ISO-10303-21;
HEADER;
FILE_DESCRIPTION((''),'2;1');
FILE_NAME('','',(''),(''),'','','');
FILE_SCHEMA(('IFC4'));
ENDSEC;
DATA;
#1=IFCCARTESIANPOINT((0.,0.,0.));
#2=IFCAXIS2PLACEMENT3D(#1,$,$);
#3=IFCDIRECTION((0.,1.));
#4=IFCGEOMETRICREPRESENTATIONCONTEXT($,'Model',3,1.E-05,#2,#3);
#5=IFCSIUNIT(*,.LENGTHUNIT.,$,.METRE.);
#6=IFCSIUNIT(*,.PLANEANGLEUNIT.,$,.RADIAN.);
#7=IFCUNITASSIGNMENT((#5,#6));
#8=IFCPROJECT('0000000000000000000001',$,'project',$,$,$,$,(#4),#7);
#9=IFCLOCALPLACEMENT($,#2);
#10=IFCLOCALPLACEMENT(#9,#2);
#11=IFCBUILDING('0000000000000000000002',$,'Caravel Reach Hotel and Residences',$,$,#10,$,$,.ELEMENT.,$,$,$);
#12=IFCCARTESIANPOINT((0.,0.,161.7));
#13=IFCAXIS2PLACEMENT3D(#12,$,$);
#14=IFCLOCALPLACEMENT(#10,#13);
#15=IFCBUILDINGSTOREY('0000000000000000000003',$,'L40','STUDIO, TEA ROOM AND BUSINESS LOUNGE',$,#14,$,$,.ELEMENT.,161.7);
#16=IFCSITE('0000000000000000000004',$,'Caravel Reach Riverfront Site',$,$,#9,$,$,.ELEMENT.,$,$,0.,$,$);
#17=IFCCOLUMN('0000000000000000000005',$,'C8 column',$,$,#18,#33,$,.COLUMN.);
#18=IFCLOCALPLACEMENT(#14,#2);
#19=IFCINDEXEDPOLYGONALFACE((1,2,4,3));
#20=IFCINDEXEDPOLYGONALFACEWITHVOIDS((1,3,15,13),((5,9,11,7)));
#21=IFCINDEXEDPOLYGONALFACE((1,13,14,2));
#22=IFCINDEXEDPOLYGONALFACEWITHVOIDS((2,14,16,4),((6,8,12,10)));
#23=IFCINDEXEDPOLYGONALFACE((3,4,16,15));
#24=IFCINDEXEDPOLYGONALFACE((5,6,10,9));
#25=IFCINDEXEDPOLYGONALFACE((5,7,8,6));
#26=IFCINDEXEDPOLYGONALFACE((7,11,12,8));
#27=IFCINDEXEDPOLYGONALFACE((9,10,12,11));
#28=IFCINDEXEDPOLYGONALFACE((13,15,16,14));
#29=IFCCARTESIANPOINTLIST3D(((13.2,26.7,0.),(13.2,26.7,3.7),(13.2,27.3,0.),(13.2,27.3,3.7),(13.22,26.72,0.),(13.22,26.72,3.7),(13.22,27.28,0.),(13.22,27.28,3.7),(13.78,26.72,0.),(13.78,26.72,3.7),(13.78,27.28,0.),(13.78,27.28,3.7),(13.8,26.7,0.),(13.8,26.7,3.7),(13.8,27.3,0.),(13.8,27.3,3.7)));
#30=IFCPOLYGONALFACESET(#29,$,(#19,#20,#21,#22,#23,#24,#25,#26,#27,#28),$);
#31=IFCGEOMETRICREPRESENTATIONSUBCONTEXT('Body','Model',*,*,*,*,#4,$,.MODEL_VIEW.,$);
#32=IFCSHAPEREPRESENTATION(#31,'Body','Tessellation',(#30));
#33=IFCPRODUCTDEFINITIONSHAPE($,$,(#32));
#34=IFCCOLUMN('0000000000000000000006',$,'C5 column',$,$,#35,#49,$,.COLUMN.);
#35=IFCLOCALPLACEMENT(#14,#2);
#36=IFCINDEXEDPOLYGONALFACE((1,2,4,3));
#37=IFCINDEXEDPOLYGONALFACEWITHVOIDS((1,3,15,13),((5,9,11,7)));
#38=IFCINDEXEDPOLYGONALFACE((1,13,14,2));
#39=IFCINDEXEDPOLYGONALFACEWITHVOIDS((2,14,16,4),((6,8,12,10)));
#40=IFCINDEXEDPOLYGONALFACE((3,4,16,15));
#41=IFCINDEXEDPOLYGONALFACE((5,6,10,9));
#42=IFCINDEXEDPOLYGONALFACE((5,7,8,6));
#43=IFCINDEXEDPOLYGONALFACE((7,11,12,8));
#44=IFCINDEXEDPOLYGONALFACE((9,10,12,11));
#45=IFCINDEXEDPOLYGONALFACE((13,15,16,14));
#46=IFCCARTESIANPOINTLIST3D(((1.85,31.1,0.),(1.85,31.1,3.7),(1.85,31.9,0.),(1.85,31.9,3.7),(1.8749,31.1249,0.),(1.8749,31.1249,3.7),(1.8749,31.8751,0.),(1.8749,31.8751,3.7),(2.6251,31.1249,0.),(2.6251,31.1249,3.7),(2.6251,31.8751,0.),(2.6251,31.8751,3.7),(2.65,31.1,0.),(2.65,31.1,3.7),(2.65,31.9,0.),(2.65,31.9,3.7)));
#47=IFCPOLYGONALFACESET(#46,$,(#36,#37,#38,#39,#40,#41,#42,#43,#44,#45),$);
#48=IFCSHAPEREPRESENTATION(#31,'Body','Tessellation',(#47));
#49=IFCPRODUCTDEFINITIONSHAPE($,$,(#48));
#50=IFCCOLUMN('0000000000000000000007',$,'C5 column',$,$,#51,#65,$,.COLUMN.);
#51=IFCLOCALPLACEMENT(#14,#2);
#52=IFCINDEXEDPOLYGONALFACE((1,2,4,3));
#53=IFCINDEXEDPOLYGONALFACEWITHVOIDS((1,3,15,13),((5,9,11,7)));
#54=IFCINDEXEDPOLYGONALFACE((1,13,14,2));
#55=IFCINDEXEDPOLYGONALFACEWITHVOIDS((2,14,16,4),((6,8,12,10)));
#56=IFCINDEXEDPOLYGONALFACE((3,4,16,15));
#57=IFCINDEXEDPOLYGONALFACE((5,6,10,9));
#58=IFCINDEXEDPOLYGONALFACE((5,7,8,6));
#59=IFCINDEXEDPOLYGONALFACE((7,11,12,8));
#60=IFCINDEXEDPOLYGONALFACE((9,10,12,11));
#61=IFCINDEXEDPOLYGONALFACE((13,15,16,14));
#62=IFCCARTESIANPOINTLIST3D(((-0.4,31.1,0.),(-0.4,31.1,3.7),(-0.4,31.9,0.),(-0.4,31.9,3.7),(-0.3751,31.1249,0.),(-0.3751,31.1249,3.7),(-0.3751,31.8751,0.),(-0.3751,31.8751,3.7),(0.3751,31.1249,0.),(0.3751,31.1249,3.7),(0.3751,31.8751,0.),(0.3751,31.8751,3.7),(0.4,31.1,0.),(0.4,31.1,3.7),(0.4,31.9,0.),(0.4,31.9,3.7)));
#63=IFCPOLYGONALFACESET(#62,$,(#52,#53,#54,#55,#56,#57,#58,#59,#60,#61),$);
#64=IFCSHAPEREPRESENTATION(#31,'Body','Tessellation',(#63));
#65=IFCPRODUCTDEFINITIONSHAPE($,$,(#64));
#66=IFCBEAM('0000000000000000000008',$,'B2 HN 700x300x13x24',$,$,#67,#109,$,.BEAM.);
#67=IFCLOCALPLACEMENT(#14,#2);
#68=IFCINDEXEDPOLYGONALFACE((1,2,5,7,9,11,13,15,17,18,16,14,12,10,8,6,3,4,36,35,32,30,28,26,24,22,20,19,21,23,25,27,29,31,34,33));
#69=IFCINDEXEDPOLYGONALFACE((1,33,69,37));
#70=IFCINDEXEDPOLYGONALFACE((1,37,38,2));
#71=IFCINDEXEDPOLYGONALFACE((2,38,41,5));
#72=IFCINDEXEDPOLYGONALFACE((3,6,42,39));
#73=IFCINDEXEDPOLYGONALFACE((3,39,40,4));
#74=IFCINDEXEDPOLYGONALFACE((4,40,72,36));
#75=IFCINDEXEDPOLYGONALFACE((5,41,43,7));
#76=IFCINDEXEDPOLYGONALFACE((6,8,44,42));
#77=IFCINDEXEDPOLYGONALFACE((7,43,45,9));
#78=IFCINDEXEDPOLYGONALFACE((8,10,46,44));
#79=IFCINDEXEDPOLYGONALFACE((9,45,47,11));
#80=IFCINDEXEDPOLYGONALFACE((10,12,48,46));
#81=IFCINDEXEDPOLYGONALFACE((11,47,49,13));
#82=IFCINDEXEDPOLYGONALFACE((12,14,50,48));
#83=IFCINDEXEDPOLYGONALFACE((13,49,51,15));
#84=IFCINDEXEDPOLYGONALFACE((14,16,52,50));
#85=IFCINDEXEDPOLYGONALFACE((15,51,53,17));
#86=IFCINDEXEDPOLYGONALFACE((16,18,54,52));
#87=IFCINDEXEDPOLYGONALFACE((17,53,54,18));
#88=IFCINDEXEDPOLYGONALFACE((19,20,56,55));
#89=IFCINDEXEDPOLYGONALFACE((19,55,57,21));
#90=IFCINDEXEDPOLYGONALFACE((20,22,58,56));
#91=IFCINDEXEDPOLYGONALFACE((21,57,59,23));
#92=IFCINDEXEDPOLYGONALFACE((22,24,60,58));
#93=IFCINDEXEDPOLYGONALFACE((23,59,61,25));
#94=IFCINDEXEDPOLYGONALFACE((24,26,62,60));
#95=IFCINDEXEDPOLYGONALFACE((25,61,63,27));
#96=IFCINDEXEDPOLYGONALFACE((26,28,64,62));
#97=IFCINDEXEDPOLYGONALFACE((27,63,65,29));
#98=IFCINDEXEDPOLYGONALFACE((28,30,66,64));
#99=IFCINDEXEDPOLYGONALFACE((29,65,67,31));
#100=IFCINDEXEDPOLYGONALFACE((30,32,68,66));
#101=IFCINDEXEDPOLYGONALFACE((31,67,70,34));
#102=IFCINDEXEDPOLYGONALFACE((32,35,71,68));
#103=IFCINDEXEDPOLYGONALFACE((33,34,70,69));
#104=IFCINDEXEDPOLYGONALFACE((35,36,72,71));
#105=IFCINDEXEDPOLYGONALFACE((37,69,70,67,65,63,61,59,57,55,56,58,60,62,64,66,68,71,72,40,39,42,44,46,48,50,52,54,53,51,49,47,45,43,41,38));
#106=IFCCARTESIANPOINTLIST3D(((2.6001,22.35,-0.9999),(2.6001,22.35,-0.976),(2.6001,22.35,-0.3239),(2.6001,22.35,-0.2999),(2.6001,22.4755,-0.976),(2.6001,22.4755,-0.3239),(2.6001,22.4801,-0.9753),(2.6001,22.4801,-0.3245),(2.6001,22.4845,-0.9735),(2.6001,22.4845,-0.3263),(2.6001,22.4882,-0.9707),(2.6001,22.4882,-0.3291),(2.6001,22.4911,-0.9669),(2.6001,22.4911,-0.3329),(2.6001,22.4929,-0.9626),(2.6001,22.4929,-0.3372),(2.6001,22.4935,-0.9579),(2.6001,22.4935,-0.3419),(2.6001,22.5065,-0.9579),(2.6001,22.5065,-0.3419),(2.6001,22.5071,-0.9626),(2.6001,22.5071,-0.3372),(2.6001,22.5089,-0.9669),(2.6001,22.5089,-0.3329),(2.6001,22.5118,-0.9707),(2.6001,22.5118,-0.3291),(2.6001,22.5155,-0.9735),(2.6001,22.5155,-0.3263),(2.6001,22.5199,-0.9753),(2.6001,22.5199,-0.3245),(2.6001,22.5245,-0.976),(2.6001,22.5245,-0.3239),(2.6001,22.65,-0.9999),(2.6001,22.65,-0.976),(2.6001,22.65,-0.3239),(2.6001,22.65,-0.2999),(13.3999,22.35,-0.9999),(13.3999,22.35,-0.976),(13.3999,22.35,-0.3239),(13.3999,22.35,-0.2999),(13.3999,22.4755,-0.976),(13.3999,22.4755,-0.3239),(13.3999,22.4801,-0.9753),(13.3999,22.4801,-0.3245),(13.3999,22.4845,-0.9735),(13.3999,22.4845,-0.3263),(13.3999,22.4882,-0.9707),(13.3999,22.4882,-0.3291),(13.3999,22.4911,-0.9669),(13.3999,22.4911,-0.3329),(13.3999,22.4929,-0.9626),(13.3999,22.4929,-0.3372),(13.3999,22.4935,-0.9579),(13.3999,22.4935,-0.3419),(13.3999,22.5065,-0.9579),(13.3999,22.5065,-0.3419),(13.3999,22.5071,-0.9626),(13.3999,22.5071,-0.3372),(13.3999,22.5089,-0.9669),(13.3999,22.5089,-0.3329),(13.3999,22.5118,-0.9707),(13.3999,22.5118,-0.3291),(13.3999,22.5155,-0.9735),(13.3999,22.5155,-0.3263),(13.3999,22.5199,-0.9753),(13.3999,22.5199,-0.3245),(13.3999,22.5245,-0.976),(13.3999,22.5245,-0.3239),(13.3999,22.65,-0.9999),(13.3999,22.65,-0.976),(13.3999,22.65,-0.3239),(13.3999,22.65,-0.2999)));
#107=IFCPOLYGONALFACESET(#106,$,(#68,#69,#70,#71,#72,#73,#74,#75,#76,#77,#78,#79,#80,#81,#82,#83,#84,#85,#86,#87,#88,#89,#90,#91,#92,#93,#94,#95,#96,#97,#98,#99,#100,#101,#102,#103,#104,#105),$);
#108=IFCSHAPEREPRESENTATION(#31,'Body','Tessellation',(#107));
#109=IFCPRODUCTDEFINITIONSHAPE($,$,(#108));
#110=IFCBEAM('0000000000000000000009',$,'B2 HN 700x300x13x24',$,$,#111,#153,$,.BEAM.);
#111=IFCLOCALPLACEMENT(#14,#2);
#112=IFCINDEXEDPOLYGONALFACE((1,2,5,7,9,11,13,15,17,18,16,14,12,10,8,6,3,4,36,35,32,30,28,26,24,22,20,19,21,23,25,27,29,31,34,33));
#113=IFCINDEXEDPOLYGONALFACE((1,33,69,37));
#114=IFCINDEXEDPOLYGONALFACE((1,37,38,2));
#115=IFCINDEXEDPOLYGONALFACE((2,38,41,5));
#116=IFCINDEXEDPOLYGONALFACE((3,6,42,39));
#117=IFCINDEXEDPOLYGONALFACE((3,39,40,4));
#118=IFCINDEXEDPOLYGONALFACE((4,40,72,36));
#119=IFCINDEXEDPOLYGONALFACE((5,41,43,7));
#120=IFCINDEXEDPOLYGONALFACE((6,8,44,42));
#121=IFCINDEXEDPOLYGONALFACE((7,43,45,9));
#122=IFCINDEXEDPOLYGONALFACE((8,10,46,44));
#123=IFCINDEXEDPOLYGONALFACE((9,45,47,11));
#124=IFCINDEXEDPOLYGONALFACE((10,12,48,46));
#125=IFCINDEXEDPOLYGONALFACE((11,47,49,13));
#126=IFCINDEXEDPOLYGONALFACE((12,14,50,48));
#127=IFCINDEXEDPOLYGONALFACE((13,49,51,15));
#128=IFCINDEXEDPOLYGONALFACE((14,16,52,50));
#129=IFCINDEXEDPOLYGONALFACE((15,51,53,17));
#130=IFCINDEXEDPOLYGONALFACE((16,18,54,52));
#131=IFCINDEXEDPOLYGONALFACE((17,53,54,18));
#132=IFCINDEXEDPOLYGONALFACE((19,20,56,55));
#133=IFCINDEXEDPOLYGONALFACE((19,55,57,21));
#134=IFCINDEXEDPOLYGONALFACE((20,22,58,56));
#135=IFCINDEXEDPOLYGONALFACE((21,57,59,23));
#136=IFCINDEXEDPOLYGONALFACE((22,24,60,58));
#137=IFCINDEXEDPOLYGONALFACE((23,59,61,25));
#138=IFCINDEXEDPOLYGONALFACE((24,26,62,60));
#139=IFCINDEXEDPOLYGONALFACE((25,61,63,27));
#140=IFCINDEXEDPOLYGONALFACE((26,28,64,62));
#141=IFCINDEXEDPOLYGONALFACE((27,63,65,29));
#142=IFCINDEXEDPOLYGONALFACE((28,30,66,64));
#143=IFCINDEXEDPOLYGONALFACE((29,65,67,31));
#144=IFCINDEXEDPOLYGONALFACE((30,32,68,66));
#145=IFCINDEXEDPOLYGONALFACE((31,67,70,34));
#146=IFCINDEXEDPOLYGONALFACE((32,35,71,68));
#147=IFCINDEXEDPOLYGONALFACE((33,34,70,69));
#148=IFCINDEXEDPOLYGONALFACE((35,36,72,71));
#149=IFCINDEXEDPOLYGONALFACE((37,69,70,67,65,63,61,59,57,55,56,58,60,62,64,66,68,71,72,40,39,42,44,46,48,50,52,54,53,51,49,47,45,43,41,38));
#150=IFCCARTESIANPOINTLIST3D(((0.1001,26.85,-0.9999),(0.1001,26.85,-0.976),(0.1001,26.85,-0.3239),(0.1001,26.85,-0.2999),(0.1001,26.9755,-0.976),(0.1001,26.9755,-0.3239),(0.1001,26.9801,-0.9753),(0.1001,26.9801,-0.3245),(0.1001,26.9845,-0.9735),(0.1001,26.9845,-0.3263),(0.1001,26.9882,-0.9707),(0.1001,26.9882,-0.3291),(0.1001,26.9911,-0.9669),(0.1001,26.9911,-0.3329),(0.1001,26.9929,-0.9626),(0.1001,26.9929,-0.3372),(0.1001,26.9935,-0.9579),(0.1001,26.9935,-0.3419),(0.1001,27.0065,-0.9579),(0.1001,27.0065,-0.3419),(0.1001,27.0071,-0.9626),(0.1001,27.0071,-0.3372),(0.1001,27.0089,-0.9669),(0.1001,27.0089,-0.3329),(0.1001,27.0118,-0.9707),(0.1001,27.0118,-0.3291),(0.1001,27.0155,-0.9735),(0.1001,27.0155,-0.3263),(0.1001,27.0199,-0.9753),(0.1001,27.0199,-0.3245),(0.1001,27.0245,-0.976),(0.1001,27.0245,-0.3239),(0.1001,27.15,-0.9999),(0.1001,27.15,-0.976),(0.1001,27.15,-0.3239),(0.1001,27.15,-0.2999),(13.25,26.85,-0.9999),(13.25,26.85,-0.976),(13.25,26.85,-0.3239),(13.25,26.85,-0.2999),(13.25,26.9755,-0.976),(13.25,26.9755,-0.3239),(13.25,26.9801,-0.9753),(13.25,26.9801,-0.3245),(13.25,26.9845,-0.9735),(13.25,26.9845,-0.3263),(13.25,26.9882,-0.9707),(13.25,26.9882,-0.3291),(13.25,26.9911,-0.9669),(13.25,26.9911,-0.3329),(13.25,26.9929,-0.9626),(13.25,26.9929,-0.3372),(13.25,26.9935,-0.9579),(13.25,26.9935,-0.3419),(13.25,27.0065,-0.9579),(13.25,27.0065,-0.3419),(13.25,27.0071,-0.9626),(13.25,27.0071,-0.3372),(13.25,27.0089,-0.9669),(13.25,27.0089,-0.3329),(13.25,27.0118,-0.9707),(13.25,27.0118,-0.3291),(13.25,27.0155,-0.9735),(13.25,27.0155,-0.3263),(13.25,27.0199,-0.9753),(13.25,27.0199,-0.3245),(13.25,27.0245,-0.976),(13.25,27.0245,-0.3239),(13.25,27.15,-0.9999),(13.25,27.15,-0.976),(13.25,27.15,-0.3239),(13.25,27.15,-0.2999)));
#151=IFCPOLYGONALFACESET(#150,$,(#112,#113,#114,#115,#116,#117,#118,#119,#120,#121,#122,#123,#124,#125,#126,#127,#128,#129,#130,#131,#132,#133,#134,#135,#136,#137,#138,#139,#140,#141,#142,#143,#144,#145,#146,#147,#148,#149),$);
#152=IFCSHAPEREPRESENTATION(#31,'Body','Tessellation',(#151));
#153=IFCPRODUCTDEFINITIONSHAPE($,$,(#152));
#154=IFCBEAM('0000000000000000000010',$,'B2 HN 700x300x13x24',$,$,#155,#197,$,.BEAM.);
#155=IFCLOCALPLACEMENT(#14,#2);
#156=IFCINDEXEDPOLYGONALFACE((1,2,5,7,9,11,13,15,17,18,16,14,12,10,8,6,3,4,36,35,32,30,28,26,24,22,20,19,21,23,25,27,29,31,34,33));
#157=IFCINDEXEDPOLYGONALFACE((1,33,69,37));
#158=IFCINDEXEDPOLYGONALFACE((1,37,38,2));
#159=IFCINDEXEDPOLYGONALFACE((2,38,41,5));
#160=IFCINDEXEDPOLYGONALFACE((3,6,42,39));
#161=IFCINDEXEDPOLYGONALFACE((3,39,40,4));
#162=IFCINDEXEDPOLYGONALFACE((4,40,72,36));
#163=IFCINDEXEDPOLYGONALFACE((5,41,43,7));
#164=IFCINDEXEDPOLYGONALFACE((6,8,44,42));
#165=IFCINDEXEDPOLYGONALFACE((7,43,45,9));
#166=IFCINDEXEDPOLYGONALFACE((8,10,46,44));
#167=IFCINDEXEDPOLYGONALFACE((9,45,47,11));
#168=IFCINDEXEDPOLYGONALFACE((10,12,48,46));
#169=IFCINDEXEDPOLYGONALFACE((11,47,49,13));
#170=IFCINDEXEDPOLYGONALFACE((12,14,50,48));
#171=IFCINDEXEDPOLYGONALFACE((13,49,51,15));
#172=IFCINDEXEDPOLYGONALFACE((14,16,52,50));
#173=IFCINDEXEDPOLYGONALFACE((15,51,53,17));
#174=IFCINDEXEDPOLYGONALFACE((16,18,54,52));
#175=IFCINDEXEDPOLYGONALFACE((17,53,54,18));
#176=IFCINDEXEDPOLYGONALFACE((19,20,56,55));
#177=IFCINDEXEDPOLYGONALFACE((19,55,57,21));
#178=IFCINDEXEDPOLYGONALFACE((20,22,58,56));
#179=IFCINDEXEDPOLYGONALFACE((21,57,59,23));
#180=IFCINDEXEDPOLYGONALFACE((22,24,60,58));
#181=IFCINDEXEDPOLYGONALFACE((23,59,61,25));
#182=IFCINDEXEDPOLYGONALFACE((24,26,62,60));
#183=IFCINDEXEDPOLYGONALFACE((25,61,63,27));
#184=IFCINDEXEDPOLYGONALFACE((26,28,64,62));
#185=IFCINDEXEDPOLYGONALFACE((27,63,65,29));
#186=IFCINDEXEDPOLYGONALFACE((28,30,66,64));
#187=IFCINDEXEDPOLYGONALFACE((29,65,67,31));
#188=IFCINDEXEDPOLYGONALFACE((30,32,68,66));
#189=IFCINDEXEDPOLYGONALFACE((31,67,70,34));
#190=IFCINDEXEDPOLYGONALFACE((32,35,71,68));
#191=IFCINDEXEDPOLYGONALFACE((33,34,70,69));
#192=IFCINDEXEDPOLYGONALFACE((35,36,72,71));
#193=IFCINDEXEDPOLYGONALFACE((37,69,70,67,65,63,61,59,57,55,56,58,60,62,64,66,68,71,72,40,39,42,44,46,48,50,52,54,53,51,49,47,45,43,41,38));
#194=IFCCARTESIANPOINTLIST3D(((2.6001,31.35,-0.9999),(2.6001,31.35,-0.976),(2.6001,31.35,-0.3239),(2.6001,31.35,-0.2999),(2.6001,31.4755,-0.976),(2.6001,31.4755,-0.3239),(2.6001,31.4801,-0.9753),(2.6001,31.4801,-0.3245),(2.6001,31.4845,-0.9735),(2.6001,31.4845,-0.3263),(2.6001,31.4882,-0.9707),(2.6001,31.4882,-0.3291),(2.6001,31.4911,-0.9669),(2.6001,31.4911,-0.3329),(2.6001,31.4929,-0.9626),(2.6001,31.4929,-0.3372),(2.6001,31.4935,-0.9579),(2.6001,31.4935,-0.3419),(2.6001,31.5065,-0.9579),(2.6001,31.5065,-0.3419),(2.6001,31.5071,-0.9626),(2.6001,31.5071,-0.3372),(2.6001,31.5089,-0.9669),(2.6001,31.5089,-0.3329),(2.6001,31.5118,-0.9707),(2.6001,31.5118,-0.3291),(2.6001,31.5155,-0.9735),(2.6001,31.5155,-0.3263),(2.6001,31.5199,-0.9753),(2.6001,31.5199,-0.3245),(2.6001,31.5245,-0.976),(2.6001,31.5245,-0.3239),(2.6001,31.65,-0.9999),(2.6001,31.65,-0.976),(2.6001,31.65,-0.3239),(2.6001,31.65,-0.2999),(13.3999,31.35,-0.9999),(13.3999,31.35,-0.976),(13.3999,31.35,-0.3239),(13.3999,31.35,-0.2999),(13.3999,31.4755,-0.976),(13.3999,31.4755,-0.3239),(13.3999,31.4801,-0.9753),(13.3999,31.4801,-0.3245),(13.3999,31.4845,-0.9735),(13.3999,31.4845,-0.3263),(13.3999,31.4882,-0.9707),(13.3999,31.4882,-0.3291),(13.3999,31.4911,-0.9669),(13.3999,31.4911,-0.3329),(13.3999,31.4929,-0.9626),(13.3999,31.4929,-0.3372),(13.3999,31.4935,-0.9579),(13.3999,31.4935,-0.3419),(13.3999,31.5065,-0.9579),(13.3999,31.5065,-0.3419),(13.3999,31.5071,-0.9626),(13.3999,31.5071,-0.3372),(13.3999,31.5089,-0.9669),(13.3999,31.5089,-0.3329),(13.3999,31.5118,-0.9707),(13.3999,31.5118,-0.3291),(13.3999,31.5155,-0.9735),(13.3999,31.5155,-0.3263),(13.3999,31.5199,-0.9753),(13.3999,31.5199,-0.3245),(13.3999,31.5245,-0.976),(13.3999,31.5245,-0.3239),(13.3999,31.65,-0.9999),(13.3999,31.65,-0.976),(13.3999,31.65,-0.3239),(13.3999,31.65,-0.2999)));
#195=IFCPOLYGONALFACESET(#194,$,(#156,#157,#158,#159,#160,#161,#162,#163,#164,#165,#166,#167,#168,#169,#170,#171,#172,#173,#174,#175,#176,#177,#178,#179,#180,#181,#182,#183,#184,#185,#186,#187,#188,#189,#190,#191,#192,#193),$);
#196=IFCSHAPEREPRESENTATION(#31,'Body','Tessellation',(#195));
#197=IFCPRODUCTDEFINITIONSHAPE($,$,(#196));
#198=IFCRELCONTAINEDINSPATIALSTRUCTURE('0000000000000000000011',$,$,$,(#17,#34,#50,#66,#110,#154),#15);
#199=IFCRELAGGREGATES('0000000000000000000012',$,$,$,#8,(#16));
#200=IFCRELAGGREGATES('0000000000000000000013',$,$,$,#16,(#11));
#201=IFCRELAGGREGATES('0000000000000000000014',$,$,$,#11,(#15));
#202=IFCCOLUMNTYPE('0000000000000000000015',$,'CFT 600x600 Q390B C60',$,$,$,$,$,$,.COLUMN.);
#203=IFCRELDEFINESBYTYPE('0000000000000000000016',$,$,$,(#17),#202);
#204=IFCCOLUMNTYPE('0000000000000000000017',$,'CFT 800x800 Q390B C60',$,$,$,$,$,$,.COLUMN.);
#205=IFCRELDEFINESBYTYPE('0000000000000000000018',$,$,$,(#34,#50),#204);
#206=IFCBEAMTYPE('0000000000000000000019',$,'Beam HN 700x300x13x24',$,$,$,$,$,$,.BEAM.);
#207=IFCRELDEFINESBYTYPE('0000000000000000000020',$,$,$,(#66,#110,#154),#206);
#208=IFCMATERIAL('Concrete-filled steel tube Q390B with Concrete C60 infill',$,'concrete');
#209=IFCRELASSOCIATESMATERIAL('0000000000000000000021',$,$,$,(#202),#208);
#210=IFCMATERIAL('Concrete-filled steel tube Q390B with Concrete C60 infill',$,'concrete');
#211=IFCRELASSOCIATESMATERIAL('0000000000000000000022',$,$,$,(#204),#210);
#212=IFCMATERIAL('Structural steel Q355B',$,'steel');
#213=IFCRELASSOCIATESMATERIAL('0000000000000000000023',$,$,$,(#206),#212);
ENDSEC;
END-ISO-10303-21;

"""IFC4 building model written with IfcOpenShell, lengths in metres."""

from ifc_helpers import new_model, si_unit, direction, frame, origin, origin_2d, place, context, subcontext, project, spatial, hollow_rectangle, i_section, extrude, material, material_profile, profile_set, type_object, element, save


model = new_model("IFC4")

# Units and contexts
model_context = context("Model", 3, precision=1e-05, world=origin(), true_north=direction((0.0, 1.0)))
body_context = subcontext(model_context, "Body", "Model", "MODEL_VIEW")
ifc_project = project(units=[si_unit("LENGTHUNIT", "METRE"), si_unit("PLANEANGLEUNIT", "RADIAN")], contexts=[model_context])

# Site, building, storey
site_placement = place(None, origin())
site = spatial("IfcSite", under=ifc_project, at=site_placement, Name="Caravel Reach Riverfront Site", CompositionType="ELEMENT", RefElevation=0.0)
building_placement = place(site_placement, origin())
building = spatial("IfcBuilding", under=site, at=building_placement, Name="Caravel Reach Hotel and Residences", CompositionType="ELEMENT")
storey_placement = place(building_placement, frame((0.0, 0.0, 161.7)))
storey = spatial("IfcBuildingStorey", under=building, at=storey_placement, Name="L40", Description="STUDIO, TEA ROOM AND BUSINESS LOUNGE", CompositionType="ELEMENT", Elevation=161.7)

# Columns
ifc_material_1 = material(Name="Concrete-filled steel tube Q390B with Concrete C60 infill", Category="concrete")
ifc_material_profile_1 = material_profile(ifc_material_1, hollow_rectangle(XDim=0.6001, YDim=0.6001, WallThickness=0.02, at=origin_2d()), Name="RHS 600x600x20")
ifc_profile_set_1 = profile_set([ifc_material_profile_1], Name="Concrete-filled steel tube Q390B with Concrete C60 infill")
column_type_1 = type_object("IfcColumnType", Name="CFT 600x600 Q390B C60", PredefinedType="COLUMN", material=ifc_profile_set_1)
column_placement = place(storey_placement, frame((13.5, 27.0, 0.0), z_axis=(0.0, 0.0, 1.0), x_axis=(1.0, 0.0, 0.0)))
element("IfcColumn", 1, at=column_placement, inside=storey, type_object=column_type_1, Name="C8 column", PredefinedType="COLUMN", context=body_context, shape_type="SweptSolid", body=[
    extrude(hollow_rectangle(XDim=0.6001, YDim=0.6001, WallThickness=0.02, at=origin_2d()), origin(), (0.0, 0.0, 1.0), 3.7),
])
ifc_material_2 = material(Name="Concrete-filled steel tube Q390B with Concrete C60 infill", Category="concrete")
ifc_material_profile_2 = material_profile(ifc_material_2, hollow_rectangle(XDim=0.8, YDim=0.8, WallThickness=0.0249, at=origin_2d()), Name="RHS 800x800x25")
ifc_profile_set_2 = profile_set([ifc_material_profile_2], Name="Concrete-filled steel tube Q390B with Concrete C60 infill")
column_type_2 = type_object("IfcColumnType", Name="CFT 800x800 Q390B C60", PredefinedType="COLUMN", material=ifc_profile_set_2)
for number, where, z_axis, x_axis, name in (
    (2, (2.25, 31.5, 0.0), (0.0, 0.0, 1.0), (1.0, 0.0, 0.0), "C5 column"),
    (3, (0.0, 31.5, 0.0), (0.0, 0.0, 1.0), (1.0, 0.0, 0.0), "C5 column"),
):
    element("IfcColumn", number, at=place(storey_placement, frame(where, z_axis=z_axis, x_axis=x_axis)), inside=storey, type_object=column_type_2, Name=name, PredefinedType="COLUMN", context=body_context, shape_type="SweptSolid", body=[
        extrude(hollow_rectangle(XDim=0.8, YDim=0.8, WallThickness=0.0249, at=origin_2d()), origin(), (0.0, 0.0, 1.0), 3.7),
    ])

# Beams
ifc_material_3 = material(Name="Structural steel Q355B", Category="steel")
ifc_material_profile_3 = material_profile(ifc_material_3, i_section(OverallWidth=0.3, OverallDepth=0.7, WebThickness=0.0129, FlangeThickness=0.0239, FilletRadius=0.0181, at=origin_2d()), Name="HN 700x300x13x24")
ifc_profile_set_3 = profile_set([ifc_material_profile_3], Name="Structural steel Q355B")
beam_type_1 = type_object("IfcBeamType", Name="Beam HN 700x300x13x24", PredefinedType="BEAM", material=ifc_profile_set_3)
beam_1_placement = place(storey_placement, frame((13.3999, 22.5, -0.6499), z_axis=(-1.0, 0.0, 0.0), x_axis=(0.0, -1.0, 0.0)))
element("IfcBeam", 4, at=beam_1_placement, inside=storey, type_object=beam_type_1, Name="B2 HN 700x300x13x24", PredefinedType="BEAM", context=body_context, shape_type="SweptSolid", body=[
    extrude(i_section(OverallWidth=0.3, OverallDepth=0.7, WebThickness=0.0129, FlangeThickness=0.0239, FilletRadius=0.0181, at=origin_2d()), origin(), (0.0, 0.0, 1.0), 10.7998),
])
beam_2_placement = place(storey_placement, frame((13.25, 27.0, -0.6499), z_axis=(-1.0, 0.0, 0.0), x_axis=(0.0, -1.0, 0.0)))
element("IfcBeam", 5, at=beam_2_placement, inside=storey, type_object=beam_type_1, Name="B2 HN 700x300x13x24", PredefinedType="BEAM", context=body_context, shape_type="SweptSolid", body=[
    extrude(i_section(OverallWidth=0.3, OverallDepth=0.7, WebThickness=0.0129, FlangeThickness=0.0239, FilletRadius=0.0181, at=origin_2d()), origin(), (0.0, 0.0, 1.0), 13.1499),
])
beam_3_placement = place(storey_placement, frame((13.3999, 31.5, -0.6499), z_axis=(-1.0, 0.0, 0.0), x_axis=(0.0, -1.0, 0.0)))
element("IfcBeam", 6, at=beam_3_placement, inside=storey, type_object=beam_type_1, Name="B2 HN 700x300x13x24", PredefinedType="BEAM", context=body_context, shape_type="SweptSolid", body=[
    extrude(i_section(OverallWidth=0.3, OverallDepth=0.7, WebThickness=0.0129, FlangeThickness=0.0239, FilletRadius=0.0181, at=origin_2d()), origin(), (0.0, 0.0, 1.0), 10.7998),
])

save(model, "model.ifc")
